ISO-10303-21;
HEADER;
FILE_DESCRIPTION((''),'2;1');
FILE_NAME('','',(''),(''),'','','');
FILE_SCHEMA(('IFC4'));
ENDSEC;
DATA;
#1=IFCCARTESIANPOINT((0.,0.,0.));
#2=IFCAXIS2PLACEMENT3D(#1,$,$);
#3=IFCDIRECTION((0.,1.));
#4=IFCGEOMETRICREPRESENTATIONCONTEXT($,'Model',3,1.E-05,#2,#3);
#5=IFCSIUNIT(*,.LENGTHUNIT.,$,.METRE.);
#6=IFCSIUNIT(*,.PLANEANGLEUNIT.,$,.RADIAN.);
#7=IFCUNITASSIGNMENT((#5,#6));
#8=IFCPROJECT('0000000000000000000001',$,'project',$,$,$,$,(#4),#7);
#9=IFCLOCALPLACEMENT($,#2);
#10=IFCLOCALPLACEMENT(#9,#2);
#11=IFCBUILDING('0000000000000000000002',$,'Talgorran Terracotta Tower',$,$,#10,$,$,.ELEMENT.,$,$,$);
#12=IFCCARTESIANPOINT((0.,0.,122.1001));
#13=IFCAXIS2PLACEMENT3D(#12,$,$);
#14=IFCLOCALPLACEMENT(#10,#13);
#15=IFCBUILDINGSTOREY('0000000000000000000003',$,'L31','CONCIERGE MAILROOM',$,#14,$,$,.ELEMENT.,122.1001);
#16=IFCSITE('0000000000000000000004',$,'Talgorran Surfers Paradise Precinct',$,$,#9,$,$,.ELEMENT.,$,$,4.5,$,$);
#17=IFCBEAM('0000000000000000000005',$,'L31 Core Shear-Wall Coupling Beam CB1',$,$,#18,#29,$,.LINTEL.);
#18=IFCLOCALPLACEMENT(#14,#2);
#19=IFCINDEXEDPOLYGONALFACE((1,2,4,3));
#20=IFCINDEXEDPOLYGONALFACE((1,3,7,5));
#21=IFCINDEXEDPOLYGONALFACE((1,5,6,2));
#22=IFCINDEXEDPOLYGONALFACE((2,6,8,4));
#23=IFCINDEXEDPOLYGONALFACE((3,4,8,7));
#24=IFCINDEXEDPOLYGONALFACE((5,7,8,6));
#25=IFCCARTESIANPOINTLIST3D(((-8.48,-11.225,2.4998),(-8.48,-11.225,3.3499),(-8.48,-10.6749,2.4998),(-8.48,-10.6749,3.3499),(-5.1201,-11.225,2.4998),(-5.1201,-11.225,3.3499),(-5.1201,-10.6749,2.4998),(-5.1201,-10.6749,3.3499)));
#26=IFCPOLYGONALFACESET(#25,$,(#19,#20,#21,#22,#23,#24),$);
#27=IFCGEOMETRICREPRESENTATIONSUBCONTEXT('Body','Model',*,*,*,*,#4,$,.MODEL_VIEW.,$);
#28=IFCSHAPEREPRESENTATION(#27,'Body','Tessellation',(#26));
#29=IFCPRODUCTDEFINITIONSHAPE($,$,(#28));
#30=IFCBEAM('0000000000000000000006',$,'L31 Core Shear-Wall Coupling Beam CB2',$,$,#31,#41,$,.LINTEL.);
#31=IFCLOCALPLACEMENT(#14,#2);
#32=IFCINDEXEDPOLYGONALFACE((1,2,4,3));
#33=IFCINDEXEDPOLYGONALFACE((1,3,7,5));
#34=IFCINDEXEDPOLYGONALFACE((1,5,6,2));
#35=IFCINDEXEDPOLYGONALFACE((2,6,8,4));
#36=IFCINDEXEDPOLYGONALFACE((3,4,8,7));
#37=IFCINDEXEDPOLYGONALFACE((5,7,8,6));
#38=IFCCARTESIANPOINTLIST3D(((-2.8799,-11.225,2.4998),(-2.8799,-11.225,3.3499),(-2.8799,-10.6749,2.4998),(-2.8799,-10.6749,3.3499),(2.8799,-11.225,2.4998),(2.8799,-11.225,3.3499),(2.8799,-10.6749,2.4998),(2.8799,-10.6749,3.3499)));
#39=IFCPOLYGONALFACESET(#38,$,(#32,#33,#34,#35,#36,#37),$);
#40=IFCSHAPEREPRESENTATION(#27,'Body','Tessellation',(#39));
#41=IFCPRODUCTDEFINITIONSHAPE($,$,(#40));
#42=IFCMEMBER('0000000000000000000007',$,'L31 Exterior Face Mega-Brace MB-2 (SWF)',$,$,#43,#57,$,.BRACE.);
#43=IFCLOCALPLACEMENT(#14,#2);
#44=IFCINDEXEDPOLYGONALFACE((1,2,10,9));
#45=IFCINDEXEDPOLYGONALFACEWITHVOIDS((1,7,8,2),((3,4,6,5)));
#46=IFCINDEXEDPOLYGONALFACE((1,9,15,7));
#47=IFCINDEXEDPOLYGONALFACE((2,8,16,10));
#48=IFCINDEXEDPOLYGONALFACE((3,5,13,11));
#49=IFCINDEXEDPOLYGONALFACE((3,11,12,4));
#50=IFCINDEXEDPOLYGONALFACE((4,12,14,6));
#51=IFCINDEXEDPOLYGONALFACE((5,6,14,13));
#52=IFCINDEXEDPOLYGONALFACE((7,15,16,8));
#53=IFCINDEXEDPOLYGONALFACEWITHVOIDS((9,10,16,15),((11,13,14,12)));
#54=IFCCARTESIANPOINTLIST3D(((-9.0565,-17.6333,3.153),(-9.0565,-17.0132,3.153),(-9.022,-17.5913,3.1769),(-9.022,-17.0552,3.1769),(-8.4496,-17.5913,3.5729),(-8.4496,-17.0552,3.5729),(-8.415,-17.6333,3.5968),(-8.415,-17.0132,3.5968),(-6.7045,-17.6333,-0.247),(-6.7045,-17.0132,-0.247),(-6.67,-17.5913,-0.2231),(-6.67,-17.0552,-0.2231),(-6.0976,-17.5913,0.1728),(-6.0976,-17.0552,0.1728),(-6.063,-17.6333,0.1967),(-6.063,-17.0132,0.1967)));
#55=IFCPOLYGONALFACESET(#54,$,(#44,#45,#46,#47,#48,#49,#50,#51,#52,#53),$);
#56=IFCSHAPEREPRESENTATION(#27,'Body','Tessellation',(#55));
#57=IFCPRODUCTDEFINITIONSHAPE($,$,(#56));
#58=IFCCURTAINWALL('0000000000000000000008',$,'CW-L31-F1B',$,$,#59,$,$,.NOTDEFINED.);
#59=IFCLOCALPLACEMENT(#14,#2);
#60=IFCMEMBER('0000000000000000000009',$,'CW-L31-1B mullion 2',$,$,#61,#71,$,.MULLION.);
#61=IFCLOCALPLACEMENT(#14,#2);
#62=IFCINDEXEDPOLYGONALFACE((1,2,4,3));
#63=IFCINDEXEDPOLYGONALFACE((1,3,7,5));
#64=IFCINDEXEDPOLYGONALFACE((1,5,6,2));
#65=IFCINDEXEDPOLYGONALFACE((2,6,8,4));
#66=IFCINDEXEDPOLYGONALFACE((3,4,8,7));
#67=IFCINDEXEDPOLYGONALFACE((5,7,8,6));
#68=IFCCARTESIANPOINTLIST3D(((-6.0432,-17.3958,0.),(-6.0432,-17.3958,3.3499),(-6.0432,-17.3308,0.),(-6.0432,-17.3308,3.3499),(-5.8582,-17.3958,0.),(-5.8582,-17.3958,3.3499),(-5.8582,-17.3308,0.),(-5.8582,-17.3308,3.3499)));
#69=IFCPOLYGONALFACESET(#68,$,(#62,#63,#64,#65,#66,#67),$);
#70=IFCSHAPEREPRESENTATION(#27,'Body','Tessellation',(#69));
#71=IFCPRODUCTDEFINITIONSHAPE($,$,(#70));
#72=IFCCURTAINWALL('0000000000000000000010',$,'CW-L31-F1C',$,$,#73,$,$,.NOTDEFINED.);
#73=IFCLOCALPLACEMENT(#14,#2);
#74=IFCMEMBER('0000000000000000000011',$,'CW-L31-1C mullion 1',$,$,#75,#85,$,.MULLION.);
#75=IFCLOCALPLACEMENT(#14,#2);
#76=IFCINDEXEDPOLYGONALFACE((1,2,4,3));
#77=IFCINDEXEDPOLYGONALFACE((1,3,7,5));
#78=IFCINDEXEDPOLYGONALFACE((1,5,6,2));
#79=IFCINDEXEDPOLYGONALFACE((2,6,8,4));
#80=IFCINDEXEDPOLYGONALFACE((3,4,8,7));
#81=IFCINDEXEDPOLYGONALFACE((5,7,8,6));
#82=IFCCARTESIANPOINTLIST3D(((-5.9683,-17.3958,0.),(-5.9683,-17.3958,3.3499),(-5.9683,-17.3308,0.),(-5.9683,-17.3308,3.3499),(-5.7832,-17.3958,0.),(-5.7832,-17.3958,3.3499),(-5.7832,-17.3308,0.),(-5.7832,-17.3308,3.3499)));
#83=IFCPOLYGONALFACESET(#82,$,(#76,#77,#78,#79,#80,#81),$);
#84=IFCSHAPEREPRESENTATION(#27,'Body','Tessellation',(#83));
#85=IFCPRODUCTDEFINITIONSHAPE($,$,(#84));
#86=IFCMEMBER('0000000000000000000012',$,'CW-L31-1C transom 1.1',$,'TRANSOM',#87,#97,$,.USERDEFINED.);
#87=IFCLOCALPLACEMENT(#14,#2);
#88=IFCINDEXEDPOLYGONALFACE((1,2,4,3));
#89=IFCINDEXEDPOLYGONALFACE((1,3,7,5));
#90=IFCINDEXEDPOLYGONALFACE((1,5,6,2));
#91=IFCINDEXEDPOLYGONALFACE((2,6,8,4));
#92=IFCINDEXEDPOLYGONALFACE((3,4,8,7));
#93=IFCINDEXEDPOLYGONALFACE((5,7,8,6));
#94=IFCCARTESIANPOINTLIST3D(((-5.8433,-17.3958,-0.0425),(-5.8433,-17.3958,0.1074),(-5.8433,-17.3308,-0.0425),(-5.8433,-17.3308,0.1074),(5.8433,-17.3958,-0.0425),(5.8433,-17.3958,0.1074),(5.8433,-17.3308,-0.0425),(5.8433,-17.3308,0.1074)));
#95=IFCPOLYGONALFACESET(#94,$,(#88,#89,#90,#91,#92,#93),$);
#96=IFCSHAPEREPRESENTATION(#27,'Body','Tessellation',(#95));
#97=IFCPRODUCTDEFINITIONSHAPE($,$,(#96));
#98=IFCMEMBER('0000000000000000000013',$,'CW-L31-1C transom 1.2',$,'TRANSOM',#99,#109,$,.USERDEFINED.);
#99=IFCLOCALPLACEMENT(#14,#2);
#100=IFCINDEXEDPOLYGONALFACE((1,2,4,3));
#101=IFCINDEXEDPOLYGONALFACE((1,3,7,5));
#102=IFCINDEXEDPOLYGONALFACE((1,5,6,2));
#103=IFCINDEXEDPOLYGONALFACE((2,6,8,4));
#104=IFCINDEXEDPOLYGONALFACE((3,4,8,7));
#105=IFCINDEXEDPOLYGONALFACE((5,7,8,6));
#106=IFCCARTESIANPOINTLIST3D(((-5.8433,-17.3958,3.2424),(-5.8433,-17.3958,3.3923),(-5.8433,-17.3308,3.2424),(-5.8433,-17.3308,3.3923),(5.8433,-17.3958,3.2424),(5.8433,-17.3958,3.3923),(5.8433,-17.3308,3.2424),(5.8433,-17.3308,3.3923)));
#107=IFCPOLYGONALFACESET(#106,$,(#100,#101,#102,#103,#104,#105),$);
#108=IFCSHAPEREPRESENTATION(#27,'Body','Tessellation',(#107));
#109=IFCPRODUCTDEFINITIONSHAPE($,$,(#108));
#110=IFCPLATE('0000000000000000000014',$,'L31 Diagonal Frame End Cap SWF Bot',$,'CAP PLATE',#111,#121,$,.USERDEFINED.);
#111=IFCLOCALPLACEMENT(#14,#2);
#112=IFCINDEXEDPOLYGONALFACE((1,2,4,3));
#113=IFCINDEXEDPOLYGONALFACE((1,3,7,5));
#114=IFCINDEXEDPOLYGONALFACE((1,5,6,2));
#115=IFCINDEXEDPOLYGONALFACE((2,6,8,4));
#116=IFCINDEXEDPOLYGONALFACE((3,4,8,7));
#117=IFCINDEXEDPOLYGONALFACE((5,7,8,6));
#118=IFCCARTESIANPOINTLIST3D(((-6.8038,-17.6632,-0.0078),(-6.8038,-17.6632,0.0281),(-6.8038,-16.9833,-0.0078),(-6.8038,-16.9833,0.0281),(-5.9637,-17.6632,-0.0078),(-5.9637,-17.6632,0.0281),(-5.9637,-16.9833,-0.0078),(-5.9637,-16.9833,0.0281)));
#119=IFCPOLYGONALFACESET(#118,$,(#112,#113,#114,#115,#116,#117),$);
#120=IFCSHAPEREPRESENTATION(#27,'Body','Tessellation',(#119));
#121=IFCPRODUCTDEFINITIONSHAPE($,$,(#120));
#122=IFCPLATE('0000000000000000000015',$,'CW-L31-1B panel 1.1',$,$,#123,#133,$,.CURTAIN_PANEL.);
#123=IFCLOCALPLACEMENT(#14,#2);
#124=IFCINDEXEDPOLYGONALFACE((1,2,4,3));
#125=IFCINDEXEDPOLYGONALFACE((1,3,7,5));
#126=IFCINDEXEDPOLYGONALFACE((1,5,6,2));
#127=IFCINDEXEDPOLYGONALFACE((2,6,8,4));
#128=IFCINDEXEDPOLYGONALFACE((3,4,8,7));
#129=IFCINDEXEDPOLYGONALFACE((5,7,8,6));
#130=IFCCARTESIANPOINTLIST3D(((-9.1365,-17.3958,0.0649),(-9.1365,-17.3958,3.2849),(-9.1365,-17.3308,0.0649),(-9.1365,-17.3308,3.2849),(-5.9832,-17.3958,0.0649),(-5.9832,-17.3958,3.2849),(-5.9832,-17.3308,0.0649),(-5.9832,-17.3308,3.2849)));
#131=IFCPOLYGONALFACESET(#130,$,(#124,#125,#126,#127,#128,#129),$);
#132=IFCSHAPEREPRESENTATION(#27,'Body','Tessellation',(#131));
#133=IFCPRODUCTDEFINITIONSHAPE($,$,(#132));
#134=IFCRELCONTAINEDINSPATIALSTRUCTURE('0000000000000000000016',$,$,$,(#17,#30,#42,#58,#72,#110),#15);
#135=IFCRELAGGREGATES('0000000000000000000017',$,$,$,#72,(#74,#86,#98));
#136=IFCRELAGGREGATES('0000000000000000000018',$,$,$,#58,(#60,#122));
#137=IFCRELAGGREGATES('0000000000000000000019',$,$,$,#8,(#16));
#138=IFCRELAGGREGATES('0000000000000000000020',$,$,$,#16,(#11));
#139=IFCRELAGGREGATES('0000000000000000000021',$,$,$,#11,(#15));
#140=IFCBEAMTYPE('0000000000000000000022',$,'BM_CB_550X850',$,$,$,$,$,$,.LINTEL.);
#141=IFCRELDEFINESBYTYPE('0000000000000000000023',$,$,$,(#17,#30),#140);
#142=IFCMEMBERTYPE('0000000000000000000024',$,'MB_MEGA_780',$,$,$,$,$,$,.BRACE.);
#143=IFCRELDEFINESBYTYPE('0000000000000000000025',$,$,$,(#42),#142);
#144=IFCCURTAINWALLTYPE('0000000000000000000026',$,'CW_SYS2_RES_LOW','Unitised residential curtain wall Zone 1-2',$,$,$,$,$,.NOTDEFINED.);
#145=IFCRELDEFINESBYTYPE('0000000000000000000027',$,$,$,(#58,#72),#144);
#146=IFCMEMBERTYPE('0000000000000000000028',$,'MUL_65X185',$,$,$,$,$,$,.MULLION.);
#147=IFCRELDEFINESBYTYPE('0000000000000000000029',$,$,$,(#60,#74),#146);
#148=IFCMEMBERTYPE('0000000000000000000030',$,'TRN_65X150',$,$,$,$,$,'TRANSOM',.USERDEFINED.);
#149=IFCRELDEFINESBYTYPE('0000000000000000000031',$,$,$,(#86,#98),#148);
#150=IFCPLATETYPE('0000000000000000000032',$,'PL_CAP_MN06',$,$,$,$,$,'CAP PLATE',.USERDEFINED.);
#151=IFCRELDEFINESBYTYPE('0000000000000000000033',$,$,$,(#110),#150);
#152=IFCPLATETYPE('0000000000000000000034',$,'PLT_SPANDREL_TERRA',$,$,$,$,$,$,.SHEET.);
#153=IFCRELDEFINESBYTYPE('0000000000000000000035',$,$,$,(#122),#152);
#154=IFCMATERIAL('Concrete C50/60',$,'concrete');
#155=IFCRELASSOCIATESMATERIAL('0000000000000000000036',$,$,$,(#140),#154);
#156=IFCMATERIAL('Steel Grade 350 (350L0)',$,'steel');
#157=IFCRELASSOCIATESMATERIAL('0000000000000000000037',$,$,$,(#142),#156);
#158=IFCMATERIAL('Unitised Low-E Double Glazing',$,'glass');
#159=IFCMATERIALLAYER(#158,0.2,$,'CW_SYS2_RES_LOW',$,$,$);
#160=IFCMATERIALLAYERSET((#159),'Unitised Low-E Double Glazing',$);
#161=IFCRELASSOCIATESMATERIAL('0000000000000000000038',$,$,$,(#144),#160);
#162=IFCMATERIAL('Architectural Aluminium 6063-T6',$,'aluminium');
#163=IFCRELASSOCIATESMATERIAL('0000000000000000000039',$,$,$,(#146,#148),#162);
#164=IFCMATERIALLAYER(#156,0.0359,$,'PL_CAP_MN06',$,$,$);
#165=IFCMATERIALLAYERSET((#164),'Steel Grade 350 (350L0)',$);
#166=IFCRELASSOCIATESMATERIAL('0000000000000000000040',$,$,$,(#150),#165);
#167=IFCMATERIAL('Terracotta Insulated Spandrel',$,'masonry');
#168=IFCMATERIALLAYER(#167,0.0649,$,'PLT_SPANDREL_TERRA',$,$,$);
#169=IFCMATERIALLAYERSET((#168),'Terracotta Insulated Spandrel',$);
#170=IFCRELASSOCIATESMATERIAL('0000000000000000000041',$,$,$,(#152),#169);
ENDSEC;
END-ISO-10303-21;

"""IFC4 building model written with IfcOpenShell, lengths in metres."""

from ifc_helpers import new_model, si_unit, direction, frame, origin, origin_2d, place, context, subcontext, project, spatial, rectangle, hollow_rectangle, extrude, source, transform, mapped, material, layer, layer_set, material_profile, profile_set, type_object, type_shapes, element, aggregate, save


model = new_model("IFC4")

# Units and contexts
model_context = context("Model", 3, precision=1e-05, world=origin(), true_north=direction((0.0, 1.0)))
body_context = subcontext(model_context, "Body", "Model", "MODEL_VIEW")
ifc_project = project(units=[si_unit("LENGTHUNIT", "METRE"), si_unit("PLANEANGLEUNIT", "RADIAN")], contexts=[model_context])

# Site, building, storey
site_placement = place(None, origin())
site = spatial("IfcSite", under=ifc_project, at=site_placement, Name="Talgorran Surfers Paradise Precinct", CompositionType="ELEMENT", RefElevation=4.5)
building_placement = place(site_placement, origin())
building = spatial("IfcBuilding", under=site, at=building_placement, Name="Talgorran Terracotta Tower", CompositionType="ELEMENT")
storey_placement = place(building_placement, frame((0.0, 0.0, 122.1001)))
storey = spatial("IfcBuildingStorey", under=building, at=storey_placement, Name="L31", Description="CONCIERGE MAILROOM", CompositionType="ELEMENT", Elevation=122.1001)

# Beams
ifc_material_1 = material(Name="Concrete C50/60", Category="concrete")
ifc_material_profile_1 = material_profile(ifc_material_1, rectangle(XDim=0.55, YDim=0.8501, at=origin_2d()), Name="RCCB550X850")
ifc_profile_set_1 = profile_set([ifc_material_profile_1], Name="Concrete C50/60")
beam_type = type_object("IfcBeamType", Name="BM_CB_550X850", PredefinedType="LINTEL", material=ifc_profile_set_1)
beam_1_placement = place(storey_placement, frame((-8.48, -10.95, 2.9248), z_axis=(1.0, 0.0, 0.0), x_axis=(0.0, 1.0, 0.0)))
element("IfcBeam", 1, at=beam_1_placement, inside=storey, type_object=beam_type, Name="L31 Core Shear-Wall Coupling Beam CB1", PredefinedType="LINTEL", context=body_context, shape_type="SweptSolid", body=[
    extrude(rectangle(XDim=0.55, YDim=0.8501, at=origin_2d()), origin(), (0.0, 0.0, 1.0), 3.3599),
])
beam_2_placement = place(storey_placement, frame((-2.8799, -10.95, 2.9248), z_axis=(1.0, 0.0, 0.0), x_axis=(0.0, 1.0, 0.0)))
element("IfcBeam", 2, at=beam_2_placement, inside=storey, type_object=beam_type, Name="L31 Core Shear-Wall Coupling Beam CB2", PredefinedType="LINTEL", context=body_context, shape_type="SweptSolid", body=[
    extrude(rectangle(XDim=0.55, YDim=0.8501, at=origin_2d()), origin(), (0.0, 0.0, 1.0), 5.7598),
])

# Member
ifc_material_2 = material(Name="Steel Grade 350 (350L0)", Category="steel")
ifc_material_profile_2 = material_profile(ifc_material_2, hollow_rectangle(XDim=0.6201, YDim=0.78, WallThickness=0.042, at=origin_2d()), Name="WBOX780X620X42")
ifc_profile_set_2 = profile_set([ifc_material_profile_2], Name="Steel Grade 350 (350L0)")
member_type_1 = type_object("IfcMemberType", Name="MB_MEGA_780", PredefinedType="BRACE", material=ifc_profile_set_2)
member_1_placement = place(storey_placement, frame((-6.3838, -17.3232, -0.0251), z_axis=(-0.5689, 0.0, 0.822407), x_axis=(0.0, -1.0, 0.0)))
element("IfcMember", 3, at=member_1_placement, inside=storey, type_object=member_type_1, Name="L31 Exterior Face Mega-Brace MB-2 (SWF)", PredefinedType="BRACE", context=body_context, shape_type="SweptSolid", body=[
    extrude(hollow_rectangle(XDim=0.6201, YDim=0.78, WallThickness=0.042, at=origin_2d()), origin(), (0.0, 0.0, 1.0), 4.1343),
])

# Curtain wall, member
ifc_material_3 = material(Name="Unitised Low-E Double Glazing", Category="glass")
ifc_layer_1 = layer(ifc_material_3, 0.2, Name="CW_SYS2_RES_LOW")
ifc_layer_set_1 = layer_set([ifc_layer_1], Name="Unitised Low-E Double Glazing")
curtain_wall_type = type_object("IfcCurtainWallType", Name="CW_SYS2_RES_LOW", Description="Unitised residential curtain wall Zone 1-2", PredefinedType="NOTDEFINED", material=ifc_layer_set_1)
curtain_wall_1_placement = place(storey_placement, origin())
curtain_wall_1 = element("IfcCurtainWall", 4, at=curtain_wall_1_placement, inside=storey, type_object=curtain_wall_type, Name="CW-L31-F1B", PredefinedType="NOTDEFINED")
ifc_material_4 = material(Name="Architectural Aluminium 6063-T6", Category="aluminium")
ifc_material_profile_3 = material_profile(ifc_material_4, rectangle(XDim=0.0649, YDim=0.1851, at=origin_2d()), Name="CWM65X185")
ifc_profile_set_3 = profile_set([ifc_material_profile_3], Name="Architectural Aluminium 6063-T6")
member_type_2 = type_object("IfcMemberType", Name="MUL_65X185", PredefinedType="MULLION", material=ifc_profile_set_3)
member_2_placement = place(storey_placement, frame((-5.9507, -17.3633, 0.0), z_axis=(0.0, 0.0, 1.0), x_axis=(0.0, 1.0, 0.0)))
member_2 = element("IfcMember", 5, at=member_2_placement, type_object=member_type_2, Name="CW-L31-1B mullion 2", PredefinedType="MULLION", context=body_context, shape_type="SweptSolid", body=[
    extrude(rectangle(XDim=0.0649, YDim=0.1851, at=origin_2d()), origin(), (0.0, 0.0, 1.0), 3.3499),
])

# Curtain wall, members
curtain_wall_2_placement = place(storey_placement, origin())
curtain_wall_2 = element("IfcCurtainWall", 6, at=curtain_wall_2_placement, inside=storey, type_object=curtain_wall_type, Name="CW-L31-F1C", PredefinedType="NOTDEFINED")
member_3_placement = place(storey_placement, frame((-5.8757, -17.3633, 0.0), z_axis=(0.0, 0.0, 1.0), x_axis=(0.0, 1.0, 0.0)))
member_3 = element("IfcMember", 7, at=member_3_placement, type_object=member_type_2, Name="CW-L31-1C mullion 1", PredefinedType="MULLION", context=body_context, shape_type="SweptSolid", body=[
    extrude(rectangle(XDim=0.0649, YDim=0.1851, at=origin_2d()), origin(), (0.0, 0.0, 1.0), 3.3499),
])
ifc_material_profile_4 = material_profile(ifc_material_4, rectangle(XDim=0.0649, YDim=0.1499, at=origin_2d()), Name="CWT65X150")
ifc_profile_set_4 = profile_set([ifc_material_profile_4], Name="Architectural Aluminium 6063-T6")
member_type_3 = type_object("IfcMemberType", Name="TRN_65X150", ElementType="TRANSOM", PredefinedType="USERDEFINED", material=ifc_profile_set_4)
member_4_placement = place(storey_placement, frame((-5.8433, -17.3633, 0.0325), z_axis=(1.0, 0.0, 0.0), x_axis=(0.0, 1.0, 0.0)))
member_4 = element("IfcMember", 8, at=member_4_placement, type_object=member_type_3, Name="CW-L31-1C transom 1.1", ObjectType="TRANSOM", PredefinedType="USERDEFINED", context=body_context, shape_type="SweptSolid", body=[
    extrude(rectangle(XDim=0.0649, YDim=0.1499, at=origin_2d()), origin(), (0.0, 0.0, 1.0), 11.6865),
])
member_5_placement = place(storey_placement, frame((-5.8433, -17.3633, 3.3174), z_axis=(1.0, 0.0, 0.0), x_axis=(0.0, 1.0, 0.0)))
member_5 = element("IfcMember", 9, at=member_5_placement, type_object=member_type_3, Name="CW-L31-1C transom 1.2", ObjectType="TRANSOM", PredefinedType="USERDEFINED", context=body_context, shape_type="SweptSolid", body=[
    extrude(rectangle(XDim=0.0649, YDim=0.1499, at=origin_2d()), origin(), (0.0, 0.0, 1.0), 11.6865),
])
aggregate(curtain_wall_2, [member_3, member_4, member_5])

# Plates
ifc_layer_2 = layer(ifc_material_2, 0.0359, Name="PL_CAP_MN06")
ifc_layer_set_2 = layer_set([ifc_layer_2], Name="Steel Grade 350 (350L0)")
plate_type_1 = type_object("IfcPlateType", Name="PL_CAP_MN06", ElementType="CAP PLATE", PredefinedType="USERDEFINED", material=ifc_layer_set_2)
plate_1_placement = place(storey_placement, frame((-6.3838, -17.3232, -0.0078), z_axis=(0.0, 0.0, 1.0), x_axis=(-1.0, 0.0, 0.0)))
element("IfcPlate", 10, at=plate_1_placement, inside=storey, type_object=plate_type_1, Name="L31 Diagonal Frame End Cap SWF Bot", ObjectType="CAP PLATE", PredefinedType="USERDEFINED", context=body_context, shape_type="SweptSolid", body=[
    extrude(rectangle(XDim=0.8401, YDim=0.6799, at=origin_2d()), origin(), (0.0, 0.0, 1.0), 0.0359),
])
ifc_material_5 = material(Name="Terracotta Insulated Spandrel", Category="masonry")
ifc_layer_3 = layer(ifc_material_5, 0.0649, Name="PLT_SPANDREL_TERRA")
ifc_layer_set_3 = layer_set([ifc_layer_3], Name="Terracotta Insulated Spandrel")
plate_type_2 = type_object("IfcPlateType", Name="PLT_SPANDREL_TERRA", PredefinedType="SHEET", material=ifc_layer_set_3)
shared_shape = source(origin(), body_context, "Body", "SweptSolid", [
    extrude(rectangle(XDim=3.1533, YDim=0.0649, at=origin_2d()), origin(), (0.0, 0.0, 1.0), 3.22),
])
type_shapes(plate_type_2, [shared_shape])
plate_2_placement = place(storey_placement, frame((-7.5598, -17.3633, 0.0649), z_axis=(0.0, 0.0, 1.0), x_axis=(1.0, 0.0, 0.0)))
plate_2 = element("IfcPlate", 11, at=plate_2_placement, type_object=plate_type_2, Name="CW-L31-1B panel 1.1", PredefinedType="CURTAIN_PANEL", context=body_context, shape_type="MappedRepresentation", body=[
    mapped(shared_shape, transform((0.0, 0.0, 0.0), scale=1.0)),
])
aggregate(curtain_wall_1, [member_2, plate_2])

save(model, "model.ifc")
